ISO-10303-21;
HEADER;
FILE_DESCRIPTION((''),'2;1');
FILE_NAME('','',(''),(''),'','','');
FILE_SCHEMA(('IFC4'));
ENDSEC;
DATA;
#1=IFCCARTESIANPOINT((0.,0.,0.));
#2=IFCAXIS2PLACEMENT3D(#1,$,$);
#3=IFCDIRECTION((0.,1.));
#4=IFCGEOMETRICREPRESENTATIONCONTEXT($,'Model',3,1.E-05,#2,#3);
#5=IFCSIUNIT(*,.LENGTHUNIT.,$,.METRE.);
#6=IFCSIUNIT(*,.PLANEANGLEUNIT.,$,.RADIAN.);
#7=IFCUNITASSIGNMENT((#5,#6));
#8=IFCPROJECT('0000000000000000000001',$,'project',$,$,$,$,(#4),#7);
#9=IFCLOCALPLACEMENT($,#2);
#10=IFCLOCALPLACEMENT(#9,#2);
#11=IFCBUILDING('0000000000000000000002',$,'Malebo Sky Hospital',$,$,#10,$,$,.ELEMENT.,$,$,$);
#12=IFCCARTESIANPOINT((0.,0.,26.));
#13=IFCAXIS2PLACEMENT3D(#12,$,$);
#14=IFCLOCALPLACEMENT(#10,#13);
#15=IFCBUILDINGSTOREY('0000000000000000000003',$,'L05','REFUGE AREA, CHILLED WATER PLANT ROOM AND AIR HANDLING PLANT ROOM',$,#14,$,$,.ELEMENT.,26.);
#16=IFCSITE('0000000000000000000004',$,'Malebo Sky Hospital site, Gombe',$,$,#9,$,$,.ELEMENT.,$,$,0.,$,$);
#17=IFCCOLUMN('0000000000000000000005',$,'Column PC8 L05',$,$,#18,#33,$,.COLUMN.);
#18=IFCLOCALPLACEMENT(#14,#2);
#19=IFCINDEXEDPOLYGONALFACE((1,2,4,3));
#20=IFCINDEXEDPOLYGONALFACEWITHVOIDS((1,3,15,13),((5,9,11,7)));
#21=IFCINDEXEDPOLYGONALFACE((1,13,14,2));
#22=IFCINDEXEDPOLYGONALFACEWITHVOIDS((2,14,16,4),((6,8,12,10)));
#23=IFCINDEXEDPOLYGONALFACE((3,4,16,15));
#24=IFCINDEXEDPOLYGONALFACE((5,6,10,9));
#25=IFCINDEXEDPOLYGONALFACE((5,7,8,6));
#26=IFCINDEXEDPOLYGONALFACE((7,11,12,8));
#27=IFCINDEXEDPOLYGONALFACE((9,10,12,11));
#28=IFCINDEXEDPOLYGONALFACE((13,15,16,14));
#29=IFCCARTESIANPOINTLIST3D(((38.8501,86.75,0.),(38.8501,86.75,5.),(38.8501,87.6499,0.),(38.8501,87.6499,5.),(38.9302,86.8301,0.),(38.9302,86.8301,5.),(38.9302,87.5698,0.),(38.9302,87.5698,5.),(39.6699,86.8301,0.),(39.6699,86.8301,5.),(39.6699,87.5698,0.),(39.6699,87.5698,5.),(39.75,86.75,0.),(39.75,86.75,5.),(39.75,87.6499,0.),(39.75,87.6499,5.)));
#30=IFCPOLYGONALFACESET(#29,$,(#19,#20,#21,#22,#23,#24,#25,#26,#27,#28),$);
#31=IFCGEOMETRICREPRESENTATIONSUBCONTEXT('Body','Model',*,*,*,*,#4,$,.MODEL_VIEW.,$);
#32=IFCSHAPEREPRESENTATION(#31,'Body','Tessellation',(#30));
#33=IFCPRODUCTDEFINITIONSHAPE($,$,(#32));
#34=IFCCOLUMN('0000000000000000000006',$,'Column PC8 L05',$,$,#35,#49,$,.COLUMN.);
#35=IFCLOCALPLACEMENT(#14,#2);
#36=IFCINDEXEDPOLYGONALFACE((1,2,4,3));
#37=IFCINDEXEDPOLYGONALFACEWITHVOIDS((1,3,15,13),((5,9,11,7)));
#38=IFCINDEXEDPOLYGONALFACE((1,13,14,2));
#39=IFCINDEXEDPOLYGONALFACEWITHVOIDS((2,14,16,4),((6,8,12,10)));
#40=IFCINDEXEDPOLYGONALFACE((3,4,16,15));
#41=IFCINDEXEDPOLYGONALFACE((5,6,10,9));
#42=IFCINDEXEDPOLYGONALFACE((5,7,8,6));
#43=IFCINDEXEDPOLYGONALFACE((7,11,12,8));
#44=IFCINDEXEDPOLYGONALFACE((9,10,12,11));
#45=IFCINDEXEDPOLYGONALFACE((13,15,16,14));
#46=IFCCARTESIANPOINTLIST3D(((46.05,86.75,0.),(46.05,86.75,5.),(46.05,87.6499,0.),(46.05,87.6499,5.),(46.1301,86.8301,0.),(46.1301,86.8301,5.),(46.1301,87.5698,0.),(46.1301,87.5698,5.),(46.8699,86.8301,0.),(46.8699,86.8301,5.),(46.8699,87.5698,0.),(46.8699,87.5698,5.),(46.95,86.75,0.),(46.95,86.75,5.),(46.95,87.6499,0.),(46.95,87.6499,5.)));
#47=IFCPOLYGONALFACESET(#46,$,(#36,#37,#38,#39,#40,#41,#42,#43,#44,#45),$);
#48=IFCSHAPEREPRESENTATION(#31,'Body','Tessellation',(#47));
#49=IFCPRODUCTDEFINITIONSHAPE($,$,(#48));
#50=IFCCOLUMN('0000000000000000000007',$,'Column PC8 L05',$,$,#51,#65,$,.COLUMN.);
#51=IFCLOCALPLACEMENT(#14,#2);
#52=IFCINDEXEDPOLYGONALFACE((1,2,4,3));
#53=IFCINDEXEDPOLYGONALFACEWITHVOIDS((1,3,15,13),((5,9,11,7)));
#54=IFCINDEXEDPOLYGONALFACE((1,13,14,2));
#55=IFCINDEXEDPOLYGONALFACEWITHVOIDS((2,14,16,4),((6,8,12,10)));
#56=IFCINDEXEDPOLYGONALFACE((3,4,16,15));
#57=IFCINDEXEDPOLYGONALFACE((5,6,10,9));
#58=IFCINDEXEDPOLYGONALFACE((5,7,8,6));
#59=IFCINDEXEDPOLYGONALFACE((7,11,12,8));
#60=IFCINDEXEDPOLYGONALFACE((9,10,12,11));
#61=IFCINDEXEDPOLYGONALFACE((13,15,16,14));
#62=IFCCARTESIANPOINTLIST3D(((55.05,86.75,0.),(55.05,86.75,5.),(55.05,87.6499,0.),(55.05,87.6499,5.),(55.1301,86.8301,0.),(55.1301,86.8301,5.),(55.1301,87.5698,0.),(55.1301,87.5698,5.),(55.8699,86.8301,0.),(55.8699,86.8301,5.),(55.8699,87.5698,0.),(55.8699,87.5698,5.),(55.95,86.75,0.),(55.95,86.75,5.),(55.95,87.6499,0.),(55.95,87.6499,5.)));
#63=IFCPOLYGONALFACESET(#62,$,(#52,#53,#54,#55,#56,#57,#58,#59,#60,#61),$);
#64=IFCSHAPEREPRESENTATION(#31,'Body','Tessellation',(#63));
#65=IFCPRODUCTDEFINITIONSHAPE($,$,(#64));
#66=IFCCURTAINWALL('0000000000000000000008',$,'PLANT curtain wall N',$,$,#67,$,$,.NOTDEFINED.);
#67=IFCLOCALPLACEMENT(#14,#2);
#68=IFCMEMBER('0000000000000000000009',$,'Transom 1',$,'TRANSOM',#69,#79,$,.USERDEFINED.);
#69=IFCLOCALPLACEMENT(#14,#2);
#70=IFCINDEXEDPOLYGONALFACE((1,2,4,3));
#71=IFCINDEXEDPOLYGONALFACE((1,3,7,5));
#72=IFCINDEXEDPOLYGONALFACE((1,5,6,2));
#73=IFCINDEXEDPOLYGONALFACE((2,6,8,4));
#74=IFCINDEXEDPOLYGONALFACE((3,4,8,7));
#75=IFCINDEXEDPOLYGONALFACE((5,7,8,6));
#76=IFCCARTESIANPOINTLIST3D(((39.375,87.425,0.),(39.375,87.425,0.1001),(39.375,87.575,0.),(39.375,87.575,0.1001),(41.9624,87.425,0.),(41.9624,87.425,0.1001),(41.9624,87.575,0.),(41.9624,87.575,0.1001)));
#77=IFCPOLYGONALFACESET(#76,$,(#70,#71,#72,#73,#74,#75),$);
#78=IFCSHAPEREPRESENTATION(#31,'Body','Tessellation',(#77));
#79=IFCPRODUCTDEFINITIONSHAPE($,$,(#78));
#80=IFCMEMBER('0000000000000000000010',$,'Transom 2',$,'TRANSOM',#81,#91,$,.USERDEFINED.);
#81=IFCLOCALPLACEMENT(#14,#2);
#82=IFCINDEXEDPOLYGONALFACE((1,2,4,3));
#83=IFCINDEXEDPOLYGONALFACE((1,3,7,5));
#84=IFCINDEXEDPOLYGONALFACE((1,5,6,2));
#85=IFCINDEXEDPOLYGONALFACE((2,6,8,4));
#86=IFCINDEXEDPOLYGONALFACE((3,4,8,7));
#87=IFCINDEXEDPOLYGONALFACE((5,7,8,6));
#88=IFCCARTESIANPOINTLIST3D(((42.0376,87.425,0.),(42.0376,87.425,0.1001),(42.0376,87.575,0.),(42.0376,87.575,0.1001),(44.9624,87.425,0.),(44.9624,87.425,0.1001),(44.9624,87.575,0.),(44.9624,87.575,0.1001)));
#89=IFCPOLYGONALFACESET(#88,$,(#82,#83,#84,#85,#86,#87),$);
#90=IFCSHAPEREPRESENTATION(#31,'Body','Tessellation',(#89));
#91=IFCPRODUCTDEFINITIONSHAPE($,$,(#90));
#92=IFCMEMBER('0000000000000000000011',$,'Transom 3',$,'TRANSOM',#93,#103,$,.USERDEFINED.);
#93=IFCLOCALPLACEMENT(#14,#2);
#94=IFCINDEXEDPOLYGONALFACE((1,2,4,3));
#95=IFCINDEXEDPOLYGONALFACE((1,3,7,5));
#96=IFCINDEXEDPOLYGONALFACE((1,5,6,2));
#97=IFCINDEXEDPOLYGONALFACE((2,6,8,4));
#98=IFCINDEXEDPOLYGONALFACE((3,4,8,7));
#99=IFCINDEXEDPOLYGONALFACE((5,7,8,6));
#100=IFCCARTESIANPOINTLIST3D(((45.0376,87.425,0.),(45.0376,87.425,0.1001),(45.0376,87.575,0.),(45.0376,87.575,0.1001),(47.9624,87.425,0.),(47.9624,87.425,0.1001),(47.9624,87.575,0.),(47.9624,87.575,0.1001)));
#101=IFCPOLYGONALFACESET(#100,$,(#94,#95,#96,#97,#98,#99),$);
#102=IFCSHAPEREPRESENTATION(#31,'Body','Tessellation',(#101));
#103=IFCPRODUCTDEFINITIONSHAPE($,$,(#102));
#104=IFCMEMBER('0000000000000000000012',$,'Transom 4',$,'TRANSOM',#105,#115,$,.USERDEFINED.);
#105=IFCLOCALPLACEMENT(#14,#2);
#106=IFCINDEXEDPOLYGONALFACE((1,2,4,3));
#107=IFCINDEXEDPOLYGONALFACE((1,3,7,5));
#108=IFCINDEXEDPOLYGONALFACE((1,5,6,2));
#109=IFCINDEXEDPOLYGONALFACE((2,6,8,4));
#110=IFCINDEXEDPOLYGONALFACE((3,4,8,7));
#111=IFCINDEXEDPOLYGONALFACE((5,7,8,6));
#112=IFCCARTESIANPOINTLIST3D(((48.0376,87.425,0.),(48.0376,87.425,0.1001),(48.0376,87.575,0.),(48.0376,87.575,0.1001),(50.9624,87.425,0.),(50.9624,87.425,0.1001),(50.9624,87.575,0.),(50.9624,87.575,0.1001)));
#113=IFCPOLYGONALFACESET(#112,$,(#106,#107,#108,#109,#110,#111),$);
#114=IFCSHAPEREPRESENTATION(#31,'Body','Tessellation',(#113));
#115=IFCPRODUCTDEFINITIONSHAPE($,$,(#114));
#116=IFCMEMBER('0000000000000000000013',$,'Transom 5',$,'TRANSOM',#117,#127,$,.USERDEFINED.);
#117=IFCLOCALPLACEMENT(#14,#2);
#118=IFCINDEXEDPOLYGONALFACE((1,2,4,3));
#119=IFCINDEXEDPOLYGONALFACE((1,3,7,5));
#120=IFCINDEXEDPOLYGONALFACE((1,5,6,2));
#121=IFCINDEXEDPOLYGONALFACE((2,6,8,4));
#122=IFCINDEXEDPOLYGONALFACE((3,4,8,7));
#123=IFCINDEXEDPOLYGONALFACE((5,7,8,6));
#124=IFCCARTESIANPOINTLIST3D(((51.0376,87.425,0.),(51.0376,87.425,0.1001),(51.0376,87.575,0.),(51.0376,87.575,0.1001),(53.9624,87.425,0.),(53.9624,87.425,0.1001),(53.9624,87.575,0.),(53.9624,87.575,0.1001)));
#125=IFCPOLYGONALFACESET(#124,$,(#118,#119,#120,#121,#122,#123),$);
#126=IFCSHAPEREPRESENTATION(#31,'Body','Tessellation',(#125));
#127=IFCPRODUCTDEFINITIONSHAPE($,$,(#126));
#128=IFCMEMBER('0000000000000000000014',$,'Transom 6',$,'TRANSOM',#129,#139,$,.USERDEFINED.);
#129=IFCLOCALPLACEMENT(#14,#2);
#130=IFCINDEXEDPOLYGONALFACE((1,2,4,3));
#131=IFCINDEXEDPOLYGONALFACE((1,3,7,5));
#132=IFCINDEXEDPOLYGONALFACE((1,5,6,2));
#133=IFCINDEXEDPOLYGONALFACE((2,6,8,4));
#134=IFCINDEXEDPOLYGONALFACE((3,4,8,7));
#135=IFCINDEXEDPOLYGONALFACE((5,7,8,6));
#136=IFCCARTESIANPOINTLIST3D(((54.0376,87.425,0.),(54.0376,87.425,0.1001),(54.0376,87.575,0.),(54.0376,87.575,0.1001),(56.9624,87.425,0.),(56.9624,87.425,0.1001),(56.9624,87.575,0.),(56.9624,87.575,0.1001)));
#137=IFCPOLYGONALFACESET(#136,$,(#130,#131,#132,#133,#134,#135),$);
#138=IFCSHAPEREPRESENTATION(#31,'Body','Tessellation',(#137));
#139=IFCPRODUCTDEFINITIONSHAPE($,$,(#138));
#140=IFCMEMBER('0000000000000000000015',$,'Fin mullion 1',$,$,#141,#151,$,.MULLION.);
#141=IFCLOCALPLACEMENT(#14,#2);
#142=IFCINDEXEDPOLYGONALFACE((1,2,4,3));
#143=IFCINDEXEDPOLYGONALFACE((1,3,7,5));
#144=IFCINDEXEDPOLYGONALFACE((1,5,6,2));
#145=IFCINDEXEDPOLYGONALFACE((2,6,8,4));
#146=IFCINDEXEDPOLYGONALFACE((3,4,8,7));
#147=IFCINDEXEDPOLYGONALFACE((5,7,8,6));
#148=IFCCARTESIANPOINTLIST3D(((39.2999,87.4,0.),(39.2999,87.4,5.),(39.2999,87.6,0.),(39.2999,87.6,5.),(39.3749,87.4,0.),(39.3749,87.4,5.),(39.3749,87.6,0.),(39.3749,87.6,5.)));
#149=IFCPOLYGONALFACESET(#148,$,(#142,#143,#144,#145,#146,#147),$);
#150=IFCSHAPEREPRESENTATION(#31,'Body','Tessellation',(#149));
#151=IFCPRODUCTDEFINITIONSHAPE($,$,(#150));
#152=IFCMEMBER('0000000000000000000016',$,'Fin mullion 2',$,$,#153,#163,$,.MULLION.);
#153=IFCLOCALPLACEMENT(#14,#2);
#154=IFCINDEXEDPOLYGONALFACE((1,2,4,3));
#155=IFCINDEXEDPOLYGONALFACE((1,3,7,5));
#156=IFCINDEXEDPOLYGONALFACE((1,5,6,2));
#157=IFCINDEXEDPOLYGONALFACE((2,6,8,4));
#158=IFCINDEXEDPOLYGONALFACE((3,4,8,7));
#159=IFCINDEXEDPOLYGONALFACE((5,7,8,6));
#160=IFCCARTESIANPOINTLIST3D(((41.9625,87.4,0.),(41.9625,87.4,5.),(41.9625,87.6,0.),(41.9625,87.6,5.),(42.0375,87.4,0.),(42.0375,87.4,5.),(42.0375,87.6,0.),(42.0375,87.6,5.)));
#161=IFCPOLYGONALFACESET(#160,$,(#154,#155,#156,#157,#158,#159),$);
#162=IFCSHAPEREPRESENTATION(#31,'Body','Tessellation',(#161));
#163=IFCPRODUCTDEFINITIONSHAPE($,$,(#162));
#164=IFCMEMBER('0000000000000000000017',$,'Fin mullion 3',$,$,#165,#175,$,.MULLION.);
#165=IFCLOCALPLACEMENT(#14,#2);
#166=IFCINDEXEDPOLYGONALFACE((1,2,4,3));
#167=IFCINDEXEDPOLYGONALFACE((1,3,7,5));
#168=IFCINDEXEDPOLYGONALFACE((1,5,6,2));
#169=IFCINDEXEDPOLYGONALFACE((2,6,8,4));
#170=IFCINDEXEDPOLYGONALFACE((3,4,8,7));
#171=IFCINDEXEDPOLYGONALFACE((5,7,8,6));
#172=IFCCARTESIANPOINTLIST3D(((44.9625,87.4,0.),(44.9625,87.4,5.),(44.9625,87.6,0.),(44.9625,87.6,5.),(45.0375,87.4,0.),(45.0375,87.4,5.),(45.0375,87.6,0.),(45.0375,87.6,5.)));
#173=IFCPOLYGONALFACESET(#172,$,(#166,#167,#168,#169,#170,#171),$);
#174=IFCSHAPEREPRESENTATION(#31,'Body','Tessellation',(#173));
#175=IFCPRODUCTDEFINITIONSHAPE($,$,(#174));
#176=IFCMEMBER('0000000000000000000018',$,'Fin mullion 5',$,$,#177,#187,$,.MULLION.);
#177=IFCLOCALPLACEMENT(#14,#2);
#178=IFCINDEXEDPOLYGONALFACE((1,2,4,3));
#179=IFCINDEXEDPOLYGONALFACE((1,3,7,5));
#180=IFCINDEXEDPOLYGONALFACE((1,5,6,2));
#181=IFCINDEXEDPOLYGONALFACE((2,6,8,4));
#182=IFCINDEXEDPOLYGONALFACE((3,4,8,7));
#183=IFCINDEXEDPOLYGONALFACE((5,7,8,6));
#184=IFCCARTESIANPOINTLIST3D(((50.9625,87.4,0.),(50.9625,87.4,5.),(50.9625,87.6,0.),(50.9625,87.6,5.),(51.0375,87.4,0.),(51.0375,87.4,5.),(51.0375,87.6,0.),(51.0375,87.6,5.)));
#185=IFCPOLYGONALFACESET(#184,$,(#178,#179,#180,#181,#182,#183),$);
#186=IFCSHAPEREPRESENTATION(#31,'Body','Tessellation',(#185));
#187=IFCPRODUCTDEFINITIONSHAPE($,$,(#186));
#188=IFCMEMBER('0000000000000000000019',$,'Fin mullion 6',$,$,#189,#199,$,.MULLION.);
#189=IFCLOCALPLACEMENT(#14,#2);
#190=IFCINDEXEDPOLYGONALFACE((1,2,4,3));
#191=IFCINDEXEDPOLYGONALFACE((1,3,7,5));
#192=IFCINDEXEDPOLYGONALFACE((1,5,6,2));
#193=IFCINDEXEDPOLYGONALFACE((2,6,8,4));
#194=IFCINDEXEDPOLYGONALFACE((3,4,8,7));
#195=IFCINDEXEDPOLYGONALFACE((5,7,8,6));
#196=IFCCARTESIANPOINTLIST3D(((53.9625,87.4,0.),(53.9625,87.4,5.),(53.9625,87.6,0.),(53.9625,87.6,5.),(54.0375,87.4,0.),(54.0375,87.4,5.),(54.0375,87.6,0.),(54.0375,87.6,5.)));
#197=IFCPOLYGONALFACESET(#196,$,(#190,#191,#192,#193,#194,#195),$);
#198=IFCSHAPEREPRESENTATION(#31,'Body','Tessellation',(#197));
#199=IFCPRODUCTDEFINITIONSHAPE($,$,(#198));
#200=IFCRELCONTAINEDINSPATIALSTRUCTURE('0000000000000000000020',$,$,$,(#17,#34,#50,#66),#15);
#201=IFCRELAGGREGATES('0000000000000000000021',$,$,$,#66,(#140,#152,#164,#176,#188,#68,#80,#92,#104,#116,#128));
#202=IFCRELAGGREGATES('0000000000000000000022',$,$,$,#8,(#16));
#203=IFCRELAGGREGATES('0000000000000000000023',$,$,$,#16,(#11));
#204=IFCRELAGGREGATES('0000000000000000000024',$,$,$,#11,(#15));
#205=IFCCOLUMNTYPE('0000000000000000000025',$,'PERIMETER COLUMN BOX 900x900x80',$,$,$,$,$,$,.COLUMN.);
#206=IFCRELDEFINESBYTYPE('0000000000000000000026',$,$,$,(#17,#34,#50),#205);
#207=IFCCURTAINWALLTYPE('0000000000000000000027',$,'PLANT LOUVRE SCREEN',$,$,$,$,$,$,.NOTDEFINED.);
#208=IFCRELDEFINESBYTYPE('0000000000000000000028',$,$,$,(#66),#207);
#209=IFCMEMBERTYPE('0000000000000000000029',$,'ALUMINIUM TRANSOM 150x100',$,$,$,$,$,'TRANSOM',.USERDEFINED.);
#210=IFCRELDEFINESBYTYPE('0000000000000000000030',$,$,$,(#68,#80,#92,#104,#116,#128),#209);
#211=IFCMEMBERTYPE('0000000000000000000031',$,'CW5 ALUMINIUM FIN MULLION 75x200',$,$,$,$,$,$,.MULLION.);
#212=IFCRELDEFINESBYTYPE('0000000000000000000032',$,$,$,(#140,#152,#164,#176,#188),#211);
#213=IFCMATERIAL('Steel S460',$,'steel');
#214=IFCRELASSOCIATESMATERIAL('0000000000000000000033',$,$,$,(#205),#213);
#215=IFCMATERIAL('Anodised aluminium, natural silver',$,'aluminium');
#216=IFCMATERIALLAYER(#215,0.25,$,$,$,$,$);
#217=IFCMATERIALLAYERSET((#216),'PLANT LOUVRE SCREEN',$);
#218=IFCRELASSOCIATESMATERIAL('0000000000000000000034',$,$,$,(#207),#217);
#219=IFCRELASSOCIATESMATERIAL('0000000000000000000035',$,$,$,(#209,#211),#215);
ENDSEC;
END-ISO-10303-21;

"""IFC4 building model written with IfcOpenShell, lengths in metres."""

from ifc_helpers import new_model, si_unit, direction, frame, origin, origin_2d, place, context, subcontext, project, spatial, rectangle, hollow_rectangle, extrude, material, layer, layer_set, material_profile, profile_set, type_object, element, aggregate, save


model = new_model("IFC4")

# Units and contexts
model_context = context("Model", 3, precision=1e-05, world=origin(), true_north=direction((0.0, 1.0)))
body_context = subcontext(model_context, "Body", "Model", "MODEL_VIEW")
ifc_project = project(units=[si_unit("LENGTHUNIT", "METRE"), si_unit("PLANEANGLEUNIT", "RADIAN")], contexts=[model_context])

# Site, building, storey
site_placement = place(None, origin())
site = spatial("IfcSite", under=ifc_project, at=site_placement, Name="Malebo Sky Hospital site, Gombe", CompositionType="ELEMENT", RefElevation=0.0)
building_placement = place(site_placement, origin())
building = spatial("IfcBuilding", under=site, at=building_placement, Name="Malebo Sky Hospital", CompositionType="ELEMENT")
storey_placement = place(building_placement, frame((0.0, 0.0, 26.0)))
storey = spatial("IfcBuildingStorey", under=building, at=storey_placement, Name="L05", Description="REFUGE AREA, CHILLED WATER PLANT ROOM AND AIR HANDLING PLANT ROOM", CompositionType="ELEMENT", Elevation=26.0)

# Columns
ifc_material_1 = material(Name="Steel S460", Category="steel")
ifc_material_profile_1 = material_profile(ifc_material_1, hollow_rectangle(XDim=0.8999, YDim=0.8999, WallThickness=0.0801, at=origin_2d()), Name="BOX 900x900x80")
ifc_profile_set_1 = profile_set([ifc_material_profile_1], Name="Steel S460")
column_type = type_object("IfcColumnType", Name="PERIMETER COLUMN BOX 900x900x80", PredefinedType="COLUMN", material=ifc_profile_set_1)
for number, where, z_axis, x_axis, name in (
    (1, (39.3, 87.2, 0.0), (0.0, 0.0, 1.0), (1.0, 0.0, 0.0), "Column PC8 L05"),
    (2, (46.5, 87.2, 0.0), (0.0, 0.0, 1.0), (1.0, 0.0, 0.0), "Column PC8 L05"),
    (3, (55.5, 87.2, 0.0), (0.0, 0.0, 1.0), (1.0, 0.0, 0.0), "Column PC8 L05"),
):
    element("IfcColumn", number, at=place(storey_placement, frame(where, z_axis=z_axis, x_axis=x_axis)), inside=storey, type_object=column_type, Name=name, PredefinedType="COLUMN", context=body_context, shape_type="SweptSolid", body=[
        extrude(hollow_rectangle(XDim=0.8999, YDim=0.8999, WallThickness=0.0801, at=origin_2d()), origin(), (0.0, 0.0, 1.0), 5.0),
    ])

# Curtain wall, members
ifc_material_2 = material(Name="Anodised aluminium, natural silver", Category="aluminium")
ifc_layer_1 = layer(ifc_material_2, 0.25)
ifc_layer_set_1 = layer_set([ifc_layer_1], Name="PLANT LOUVRE SCREEN")
curtain_wall_type = type_object("IfcCurtainWallType", Name="PLANT LOUVRE SCREEN", PredefinedType="NOTDEFINED", material=ifc_layer_set_1)
curtain_wall_placement = place(storey_placement, origin())
curtain_wall = element("IfcCurtainWall", 4, at=curtain_wall_placement, inside=storey, type_object=curtain_wall_type, Name="PLANT curtain wall N", PredefinedType="NOTDEFINED")
ifc_material_profile_2 = material_profile(ifc_material_2, rectangle(XDim=0.1499, YDim=0.1001, at=origin_2d()), Name="ALUMINIUM TRANSOM 150x100")
ifc_profile_set_2 = profile_set([ifc_material_profile_2], Name="Anodised aluminium, natural silver")
member_type_1 = type_object("IfcMemberType", Name="ALUMINIUM TRANSOM 150x100", ElementType="TRANSOM", PredefinedType="USERDEFINED", material=ifc_profile_set_2)
member_1_placement = place(storey_placement, frame((39.375, 87.5, 0.05), z_axis=(1.0, 0.0, 0.0), x_axis=(0.0, 1.0, 0.0)))
member_1 = element("IfcMember", 5, at=member_1_placement, type_object=member_type_1, Name="Transom 1", ObjectType="TRANSOM", PredefinedType="USERDEFINED", context=body_context, shape_type="SweptSolid", body=[
    extrude(rectangle(XDim=0.1499, YDim=0.1001, at=origin_2d()), origin(), (0.0, 0.0, 1.0), 2.5874),
])
member_2_placement = place(storey_placement, frame((42.0376, 87.5, 0.05), z_axis=(1.0, 0.0, 0.0), x_axis=(0.0, 1.0, 0.0)))
member_2 = element("IfcMember", 6, at=member_2_placement, type_object=member_type_1, Name="Transom 2", ObjectType="TRANSOM", PredefinedType="USERDEFINED", context=body_context, shape_type="SweptSolid", body=[
    extrude(rectangle(XDim=0.1499, YDim=0.1001, at=origin_2d()), origin(), (0.0, 0.0, 1.0), 2.9248),
])
member_3_placement = place(storey_placement, frame((45.0376, 87.5, 0.05), z_axis=(1.0, 0.0, 0.0), x_axis=(0.0, 1.0, 0.0)))
member_3 = element("IfcMember", 7, at=member_3_placement, type_object=member_type_1, Name="Transom 3", ObjectType="TRANSOM", PredefinedType="USERDEFINED", context=body_context, shape_type="SweptSolid", body=[
    extrude(rectangle(XDim=0.1499, YDim=0.1001, at=origin_2d()), origin(), (0.0, 0.0, 1.0), 2.9248),
])
member_4_placement = place(storey_placement, frame((48.0376, 87.5, 0.05), z_axis=(1.0, 0.0, 0.0), x_axis=(0.0, 1.0, 0.0)))
member_4 = element("IfcMember", 8, at=member_4_placement, type_object=member_type_1, Name="Transom 4", ObjectType="TRANSOM", PredefinedType="USERDEFINED", context=body_context, shape_type="SweptSolid", body=[
    extrude(rectangle(XDim=0.1499, YDim=0.1001, at=origin_2d()), origin(), (0.0, 0.0, 1.0), 2.9248),
])
member_5_placement = place(storey_placement, frame((51.0376, 87.5, 0.05), z_axis=(1.0, 0.0, 0.0), x_axis=(0.0, 1.0, 0.0)))
member_5 = element("IfcMember", 9, at=member_5_placement, type_object=member_type_1, Name="Transom 5", ObjectType="TRANSOM", PredefinedType="USERDEFINED", context=body_context, shape_type="SweptSolid", body=[
    extrude(rectangle(XDim=0.1499, YDim=0.1001, at=origin_2d()), origin(), (0.0, 0.0, 1.0), 2.9248),
])
member_6_placement = place(storey_placement, frame((54.0376, 87.5, 0.05), z_axis=(1.0, 0.0, 0.0), x_axis=(0.0, 1.0, 0.0)))
member_6 = element("IfcMember", 10, at=member_6_placement, type_object=member_type_1, Name="Transom 6", ObjectType="TRANSOM", PredefinedType="USERDEFINED", context=body_context, shape_type="SweptSolid", body=[
    extrude(rectangle(XDim=0.1499, YDim=0.1001, at=origin_2d()), origin(), (0.0, 0.0, 1.0), 2.9248),
])
ifc_material_profile_3 = material_profile(ifc_material_2, rectangle(XDim=0.075, YDim=0.2, at=origin_2d()), Name="CW5 ALUMINIUM FIN MULLION 75x200")
ifc_profile_set_3 = profile_set([ifc_material_profile_3], Name="Anodised aluminium, natural silver")
member_type_2 = type_object("IfcMemberType", Name="CW5 ALUMINIUM FIN MULLION 75x200", PredefinedType="MULLION", material=ifc_profile_set_3)
member_7_placement = place(storey_placement, frame((39.3374, 87.5, 0.0), z_axis=(0.0, 0.0, 1.0), x_axis=(1.0, 0.0, 0.0)))
member_7 = element("IfcMember", 11, at=member_7_placement, type_object=member_type_2, Name="Fin mullion 1", PredefinedType="MULLION", context=body_context, shape_type="SweptSolid", body=[
    extrude(rectangle(XDim=0.075, YDim=0.2, at=origin_2d()), origin(), (0.0, 0.0, 1.0), 5.0),
])
member_8_placement = place(storey_placement, frame((42.0, 87.5, 0.0), z_axis=(0.0, 0.0, 1.0), x_axis=(1.0, 0.0, 0.0)))
member_8 = element("IfcMember", 12, at=member_8_placement, type_object=member_type_2, Name="Fin mullion 2", PredefinedType="MULLION", context=body_context, shape_type="SweptSolid", body=[
    extrude(rectangle(XDim=0.075, YDim=0.2, at=origin_2d()), origin(), (0.0, 0.0, 1.0), 5.0),
])
member_9_placement = place(storey_placement, frame((45.0, 87.5, 0.0), z_axis=(0.0, 0.0, 1.0), x_axis=(1.0, 0.0, 0.0)))
member_9 = element("IfcMember", 13, at=member_9_placement, type_object=member_type_2, Name="Fin mullion 3", PredefinedType="MULLION", context=body_context, shape_type="SweptSolid", body=[
    extrude(rectangle(XDim=0.075, YDim=0.2, at=origin_2d()), origin(), (0.0, 0.0, 1.0), 5.0),
])
member_10_placement = place(storey_placement, frame((51.0, 87.5, 0.0), z_axis=(0.0, 0.0, 1.0), x_axis=(1.0, 0.0, 0.0)))
member_10 = element("IfcMember", 14, at=member_10_placement, type_object=member_type_2, Name="Fin mullion 5", PredefinedType="MULLION", context=body_context, shape_type="SweptSolid", body=[
    extrude(rectangle(XDim=0.075, YDim=0.2, at=origin_2d()), origin(), (0.0, 0.0, 1.0), 5.0),
])
member_11_placement = place(storey_placement, frame((54.0, 87.5, 0.0), z_axis=(0.0, 0.0, 1.0), x_axis=(1.0, 0.0, 0.0)))
member_11 = element("IfcMember", 15, at=member_11_placement, type_object=member_type_2, Name="Fin mullion 6", PredefinedType="MULLION", context=body_context, shape_type="SweptSolid", body=[
    extrude(rectangle(XDim=0.075, YDim=0.2, at=origin_2d()), origin(), (0.0, 0.0, 1.0), 5.0),
])

aggregate(curtain_wall, [member_7, member_8, member_9, member_10, member_11, member_1, member_2, member_3, member_4, member_5, member_6])

save(model, "model.ifc")
